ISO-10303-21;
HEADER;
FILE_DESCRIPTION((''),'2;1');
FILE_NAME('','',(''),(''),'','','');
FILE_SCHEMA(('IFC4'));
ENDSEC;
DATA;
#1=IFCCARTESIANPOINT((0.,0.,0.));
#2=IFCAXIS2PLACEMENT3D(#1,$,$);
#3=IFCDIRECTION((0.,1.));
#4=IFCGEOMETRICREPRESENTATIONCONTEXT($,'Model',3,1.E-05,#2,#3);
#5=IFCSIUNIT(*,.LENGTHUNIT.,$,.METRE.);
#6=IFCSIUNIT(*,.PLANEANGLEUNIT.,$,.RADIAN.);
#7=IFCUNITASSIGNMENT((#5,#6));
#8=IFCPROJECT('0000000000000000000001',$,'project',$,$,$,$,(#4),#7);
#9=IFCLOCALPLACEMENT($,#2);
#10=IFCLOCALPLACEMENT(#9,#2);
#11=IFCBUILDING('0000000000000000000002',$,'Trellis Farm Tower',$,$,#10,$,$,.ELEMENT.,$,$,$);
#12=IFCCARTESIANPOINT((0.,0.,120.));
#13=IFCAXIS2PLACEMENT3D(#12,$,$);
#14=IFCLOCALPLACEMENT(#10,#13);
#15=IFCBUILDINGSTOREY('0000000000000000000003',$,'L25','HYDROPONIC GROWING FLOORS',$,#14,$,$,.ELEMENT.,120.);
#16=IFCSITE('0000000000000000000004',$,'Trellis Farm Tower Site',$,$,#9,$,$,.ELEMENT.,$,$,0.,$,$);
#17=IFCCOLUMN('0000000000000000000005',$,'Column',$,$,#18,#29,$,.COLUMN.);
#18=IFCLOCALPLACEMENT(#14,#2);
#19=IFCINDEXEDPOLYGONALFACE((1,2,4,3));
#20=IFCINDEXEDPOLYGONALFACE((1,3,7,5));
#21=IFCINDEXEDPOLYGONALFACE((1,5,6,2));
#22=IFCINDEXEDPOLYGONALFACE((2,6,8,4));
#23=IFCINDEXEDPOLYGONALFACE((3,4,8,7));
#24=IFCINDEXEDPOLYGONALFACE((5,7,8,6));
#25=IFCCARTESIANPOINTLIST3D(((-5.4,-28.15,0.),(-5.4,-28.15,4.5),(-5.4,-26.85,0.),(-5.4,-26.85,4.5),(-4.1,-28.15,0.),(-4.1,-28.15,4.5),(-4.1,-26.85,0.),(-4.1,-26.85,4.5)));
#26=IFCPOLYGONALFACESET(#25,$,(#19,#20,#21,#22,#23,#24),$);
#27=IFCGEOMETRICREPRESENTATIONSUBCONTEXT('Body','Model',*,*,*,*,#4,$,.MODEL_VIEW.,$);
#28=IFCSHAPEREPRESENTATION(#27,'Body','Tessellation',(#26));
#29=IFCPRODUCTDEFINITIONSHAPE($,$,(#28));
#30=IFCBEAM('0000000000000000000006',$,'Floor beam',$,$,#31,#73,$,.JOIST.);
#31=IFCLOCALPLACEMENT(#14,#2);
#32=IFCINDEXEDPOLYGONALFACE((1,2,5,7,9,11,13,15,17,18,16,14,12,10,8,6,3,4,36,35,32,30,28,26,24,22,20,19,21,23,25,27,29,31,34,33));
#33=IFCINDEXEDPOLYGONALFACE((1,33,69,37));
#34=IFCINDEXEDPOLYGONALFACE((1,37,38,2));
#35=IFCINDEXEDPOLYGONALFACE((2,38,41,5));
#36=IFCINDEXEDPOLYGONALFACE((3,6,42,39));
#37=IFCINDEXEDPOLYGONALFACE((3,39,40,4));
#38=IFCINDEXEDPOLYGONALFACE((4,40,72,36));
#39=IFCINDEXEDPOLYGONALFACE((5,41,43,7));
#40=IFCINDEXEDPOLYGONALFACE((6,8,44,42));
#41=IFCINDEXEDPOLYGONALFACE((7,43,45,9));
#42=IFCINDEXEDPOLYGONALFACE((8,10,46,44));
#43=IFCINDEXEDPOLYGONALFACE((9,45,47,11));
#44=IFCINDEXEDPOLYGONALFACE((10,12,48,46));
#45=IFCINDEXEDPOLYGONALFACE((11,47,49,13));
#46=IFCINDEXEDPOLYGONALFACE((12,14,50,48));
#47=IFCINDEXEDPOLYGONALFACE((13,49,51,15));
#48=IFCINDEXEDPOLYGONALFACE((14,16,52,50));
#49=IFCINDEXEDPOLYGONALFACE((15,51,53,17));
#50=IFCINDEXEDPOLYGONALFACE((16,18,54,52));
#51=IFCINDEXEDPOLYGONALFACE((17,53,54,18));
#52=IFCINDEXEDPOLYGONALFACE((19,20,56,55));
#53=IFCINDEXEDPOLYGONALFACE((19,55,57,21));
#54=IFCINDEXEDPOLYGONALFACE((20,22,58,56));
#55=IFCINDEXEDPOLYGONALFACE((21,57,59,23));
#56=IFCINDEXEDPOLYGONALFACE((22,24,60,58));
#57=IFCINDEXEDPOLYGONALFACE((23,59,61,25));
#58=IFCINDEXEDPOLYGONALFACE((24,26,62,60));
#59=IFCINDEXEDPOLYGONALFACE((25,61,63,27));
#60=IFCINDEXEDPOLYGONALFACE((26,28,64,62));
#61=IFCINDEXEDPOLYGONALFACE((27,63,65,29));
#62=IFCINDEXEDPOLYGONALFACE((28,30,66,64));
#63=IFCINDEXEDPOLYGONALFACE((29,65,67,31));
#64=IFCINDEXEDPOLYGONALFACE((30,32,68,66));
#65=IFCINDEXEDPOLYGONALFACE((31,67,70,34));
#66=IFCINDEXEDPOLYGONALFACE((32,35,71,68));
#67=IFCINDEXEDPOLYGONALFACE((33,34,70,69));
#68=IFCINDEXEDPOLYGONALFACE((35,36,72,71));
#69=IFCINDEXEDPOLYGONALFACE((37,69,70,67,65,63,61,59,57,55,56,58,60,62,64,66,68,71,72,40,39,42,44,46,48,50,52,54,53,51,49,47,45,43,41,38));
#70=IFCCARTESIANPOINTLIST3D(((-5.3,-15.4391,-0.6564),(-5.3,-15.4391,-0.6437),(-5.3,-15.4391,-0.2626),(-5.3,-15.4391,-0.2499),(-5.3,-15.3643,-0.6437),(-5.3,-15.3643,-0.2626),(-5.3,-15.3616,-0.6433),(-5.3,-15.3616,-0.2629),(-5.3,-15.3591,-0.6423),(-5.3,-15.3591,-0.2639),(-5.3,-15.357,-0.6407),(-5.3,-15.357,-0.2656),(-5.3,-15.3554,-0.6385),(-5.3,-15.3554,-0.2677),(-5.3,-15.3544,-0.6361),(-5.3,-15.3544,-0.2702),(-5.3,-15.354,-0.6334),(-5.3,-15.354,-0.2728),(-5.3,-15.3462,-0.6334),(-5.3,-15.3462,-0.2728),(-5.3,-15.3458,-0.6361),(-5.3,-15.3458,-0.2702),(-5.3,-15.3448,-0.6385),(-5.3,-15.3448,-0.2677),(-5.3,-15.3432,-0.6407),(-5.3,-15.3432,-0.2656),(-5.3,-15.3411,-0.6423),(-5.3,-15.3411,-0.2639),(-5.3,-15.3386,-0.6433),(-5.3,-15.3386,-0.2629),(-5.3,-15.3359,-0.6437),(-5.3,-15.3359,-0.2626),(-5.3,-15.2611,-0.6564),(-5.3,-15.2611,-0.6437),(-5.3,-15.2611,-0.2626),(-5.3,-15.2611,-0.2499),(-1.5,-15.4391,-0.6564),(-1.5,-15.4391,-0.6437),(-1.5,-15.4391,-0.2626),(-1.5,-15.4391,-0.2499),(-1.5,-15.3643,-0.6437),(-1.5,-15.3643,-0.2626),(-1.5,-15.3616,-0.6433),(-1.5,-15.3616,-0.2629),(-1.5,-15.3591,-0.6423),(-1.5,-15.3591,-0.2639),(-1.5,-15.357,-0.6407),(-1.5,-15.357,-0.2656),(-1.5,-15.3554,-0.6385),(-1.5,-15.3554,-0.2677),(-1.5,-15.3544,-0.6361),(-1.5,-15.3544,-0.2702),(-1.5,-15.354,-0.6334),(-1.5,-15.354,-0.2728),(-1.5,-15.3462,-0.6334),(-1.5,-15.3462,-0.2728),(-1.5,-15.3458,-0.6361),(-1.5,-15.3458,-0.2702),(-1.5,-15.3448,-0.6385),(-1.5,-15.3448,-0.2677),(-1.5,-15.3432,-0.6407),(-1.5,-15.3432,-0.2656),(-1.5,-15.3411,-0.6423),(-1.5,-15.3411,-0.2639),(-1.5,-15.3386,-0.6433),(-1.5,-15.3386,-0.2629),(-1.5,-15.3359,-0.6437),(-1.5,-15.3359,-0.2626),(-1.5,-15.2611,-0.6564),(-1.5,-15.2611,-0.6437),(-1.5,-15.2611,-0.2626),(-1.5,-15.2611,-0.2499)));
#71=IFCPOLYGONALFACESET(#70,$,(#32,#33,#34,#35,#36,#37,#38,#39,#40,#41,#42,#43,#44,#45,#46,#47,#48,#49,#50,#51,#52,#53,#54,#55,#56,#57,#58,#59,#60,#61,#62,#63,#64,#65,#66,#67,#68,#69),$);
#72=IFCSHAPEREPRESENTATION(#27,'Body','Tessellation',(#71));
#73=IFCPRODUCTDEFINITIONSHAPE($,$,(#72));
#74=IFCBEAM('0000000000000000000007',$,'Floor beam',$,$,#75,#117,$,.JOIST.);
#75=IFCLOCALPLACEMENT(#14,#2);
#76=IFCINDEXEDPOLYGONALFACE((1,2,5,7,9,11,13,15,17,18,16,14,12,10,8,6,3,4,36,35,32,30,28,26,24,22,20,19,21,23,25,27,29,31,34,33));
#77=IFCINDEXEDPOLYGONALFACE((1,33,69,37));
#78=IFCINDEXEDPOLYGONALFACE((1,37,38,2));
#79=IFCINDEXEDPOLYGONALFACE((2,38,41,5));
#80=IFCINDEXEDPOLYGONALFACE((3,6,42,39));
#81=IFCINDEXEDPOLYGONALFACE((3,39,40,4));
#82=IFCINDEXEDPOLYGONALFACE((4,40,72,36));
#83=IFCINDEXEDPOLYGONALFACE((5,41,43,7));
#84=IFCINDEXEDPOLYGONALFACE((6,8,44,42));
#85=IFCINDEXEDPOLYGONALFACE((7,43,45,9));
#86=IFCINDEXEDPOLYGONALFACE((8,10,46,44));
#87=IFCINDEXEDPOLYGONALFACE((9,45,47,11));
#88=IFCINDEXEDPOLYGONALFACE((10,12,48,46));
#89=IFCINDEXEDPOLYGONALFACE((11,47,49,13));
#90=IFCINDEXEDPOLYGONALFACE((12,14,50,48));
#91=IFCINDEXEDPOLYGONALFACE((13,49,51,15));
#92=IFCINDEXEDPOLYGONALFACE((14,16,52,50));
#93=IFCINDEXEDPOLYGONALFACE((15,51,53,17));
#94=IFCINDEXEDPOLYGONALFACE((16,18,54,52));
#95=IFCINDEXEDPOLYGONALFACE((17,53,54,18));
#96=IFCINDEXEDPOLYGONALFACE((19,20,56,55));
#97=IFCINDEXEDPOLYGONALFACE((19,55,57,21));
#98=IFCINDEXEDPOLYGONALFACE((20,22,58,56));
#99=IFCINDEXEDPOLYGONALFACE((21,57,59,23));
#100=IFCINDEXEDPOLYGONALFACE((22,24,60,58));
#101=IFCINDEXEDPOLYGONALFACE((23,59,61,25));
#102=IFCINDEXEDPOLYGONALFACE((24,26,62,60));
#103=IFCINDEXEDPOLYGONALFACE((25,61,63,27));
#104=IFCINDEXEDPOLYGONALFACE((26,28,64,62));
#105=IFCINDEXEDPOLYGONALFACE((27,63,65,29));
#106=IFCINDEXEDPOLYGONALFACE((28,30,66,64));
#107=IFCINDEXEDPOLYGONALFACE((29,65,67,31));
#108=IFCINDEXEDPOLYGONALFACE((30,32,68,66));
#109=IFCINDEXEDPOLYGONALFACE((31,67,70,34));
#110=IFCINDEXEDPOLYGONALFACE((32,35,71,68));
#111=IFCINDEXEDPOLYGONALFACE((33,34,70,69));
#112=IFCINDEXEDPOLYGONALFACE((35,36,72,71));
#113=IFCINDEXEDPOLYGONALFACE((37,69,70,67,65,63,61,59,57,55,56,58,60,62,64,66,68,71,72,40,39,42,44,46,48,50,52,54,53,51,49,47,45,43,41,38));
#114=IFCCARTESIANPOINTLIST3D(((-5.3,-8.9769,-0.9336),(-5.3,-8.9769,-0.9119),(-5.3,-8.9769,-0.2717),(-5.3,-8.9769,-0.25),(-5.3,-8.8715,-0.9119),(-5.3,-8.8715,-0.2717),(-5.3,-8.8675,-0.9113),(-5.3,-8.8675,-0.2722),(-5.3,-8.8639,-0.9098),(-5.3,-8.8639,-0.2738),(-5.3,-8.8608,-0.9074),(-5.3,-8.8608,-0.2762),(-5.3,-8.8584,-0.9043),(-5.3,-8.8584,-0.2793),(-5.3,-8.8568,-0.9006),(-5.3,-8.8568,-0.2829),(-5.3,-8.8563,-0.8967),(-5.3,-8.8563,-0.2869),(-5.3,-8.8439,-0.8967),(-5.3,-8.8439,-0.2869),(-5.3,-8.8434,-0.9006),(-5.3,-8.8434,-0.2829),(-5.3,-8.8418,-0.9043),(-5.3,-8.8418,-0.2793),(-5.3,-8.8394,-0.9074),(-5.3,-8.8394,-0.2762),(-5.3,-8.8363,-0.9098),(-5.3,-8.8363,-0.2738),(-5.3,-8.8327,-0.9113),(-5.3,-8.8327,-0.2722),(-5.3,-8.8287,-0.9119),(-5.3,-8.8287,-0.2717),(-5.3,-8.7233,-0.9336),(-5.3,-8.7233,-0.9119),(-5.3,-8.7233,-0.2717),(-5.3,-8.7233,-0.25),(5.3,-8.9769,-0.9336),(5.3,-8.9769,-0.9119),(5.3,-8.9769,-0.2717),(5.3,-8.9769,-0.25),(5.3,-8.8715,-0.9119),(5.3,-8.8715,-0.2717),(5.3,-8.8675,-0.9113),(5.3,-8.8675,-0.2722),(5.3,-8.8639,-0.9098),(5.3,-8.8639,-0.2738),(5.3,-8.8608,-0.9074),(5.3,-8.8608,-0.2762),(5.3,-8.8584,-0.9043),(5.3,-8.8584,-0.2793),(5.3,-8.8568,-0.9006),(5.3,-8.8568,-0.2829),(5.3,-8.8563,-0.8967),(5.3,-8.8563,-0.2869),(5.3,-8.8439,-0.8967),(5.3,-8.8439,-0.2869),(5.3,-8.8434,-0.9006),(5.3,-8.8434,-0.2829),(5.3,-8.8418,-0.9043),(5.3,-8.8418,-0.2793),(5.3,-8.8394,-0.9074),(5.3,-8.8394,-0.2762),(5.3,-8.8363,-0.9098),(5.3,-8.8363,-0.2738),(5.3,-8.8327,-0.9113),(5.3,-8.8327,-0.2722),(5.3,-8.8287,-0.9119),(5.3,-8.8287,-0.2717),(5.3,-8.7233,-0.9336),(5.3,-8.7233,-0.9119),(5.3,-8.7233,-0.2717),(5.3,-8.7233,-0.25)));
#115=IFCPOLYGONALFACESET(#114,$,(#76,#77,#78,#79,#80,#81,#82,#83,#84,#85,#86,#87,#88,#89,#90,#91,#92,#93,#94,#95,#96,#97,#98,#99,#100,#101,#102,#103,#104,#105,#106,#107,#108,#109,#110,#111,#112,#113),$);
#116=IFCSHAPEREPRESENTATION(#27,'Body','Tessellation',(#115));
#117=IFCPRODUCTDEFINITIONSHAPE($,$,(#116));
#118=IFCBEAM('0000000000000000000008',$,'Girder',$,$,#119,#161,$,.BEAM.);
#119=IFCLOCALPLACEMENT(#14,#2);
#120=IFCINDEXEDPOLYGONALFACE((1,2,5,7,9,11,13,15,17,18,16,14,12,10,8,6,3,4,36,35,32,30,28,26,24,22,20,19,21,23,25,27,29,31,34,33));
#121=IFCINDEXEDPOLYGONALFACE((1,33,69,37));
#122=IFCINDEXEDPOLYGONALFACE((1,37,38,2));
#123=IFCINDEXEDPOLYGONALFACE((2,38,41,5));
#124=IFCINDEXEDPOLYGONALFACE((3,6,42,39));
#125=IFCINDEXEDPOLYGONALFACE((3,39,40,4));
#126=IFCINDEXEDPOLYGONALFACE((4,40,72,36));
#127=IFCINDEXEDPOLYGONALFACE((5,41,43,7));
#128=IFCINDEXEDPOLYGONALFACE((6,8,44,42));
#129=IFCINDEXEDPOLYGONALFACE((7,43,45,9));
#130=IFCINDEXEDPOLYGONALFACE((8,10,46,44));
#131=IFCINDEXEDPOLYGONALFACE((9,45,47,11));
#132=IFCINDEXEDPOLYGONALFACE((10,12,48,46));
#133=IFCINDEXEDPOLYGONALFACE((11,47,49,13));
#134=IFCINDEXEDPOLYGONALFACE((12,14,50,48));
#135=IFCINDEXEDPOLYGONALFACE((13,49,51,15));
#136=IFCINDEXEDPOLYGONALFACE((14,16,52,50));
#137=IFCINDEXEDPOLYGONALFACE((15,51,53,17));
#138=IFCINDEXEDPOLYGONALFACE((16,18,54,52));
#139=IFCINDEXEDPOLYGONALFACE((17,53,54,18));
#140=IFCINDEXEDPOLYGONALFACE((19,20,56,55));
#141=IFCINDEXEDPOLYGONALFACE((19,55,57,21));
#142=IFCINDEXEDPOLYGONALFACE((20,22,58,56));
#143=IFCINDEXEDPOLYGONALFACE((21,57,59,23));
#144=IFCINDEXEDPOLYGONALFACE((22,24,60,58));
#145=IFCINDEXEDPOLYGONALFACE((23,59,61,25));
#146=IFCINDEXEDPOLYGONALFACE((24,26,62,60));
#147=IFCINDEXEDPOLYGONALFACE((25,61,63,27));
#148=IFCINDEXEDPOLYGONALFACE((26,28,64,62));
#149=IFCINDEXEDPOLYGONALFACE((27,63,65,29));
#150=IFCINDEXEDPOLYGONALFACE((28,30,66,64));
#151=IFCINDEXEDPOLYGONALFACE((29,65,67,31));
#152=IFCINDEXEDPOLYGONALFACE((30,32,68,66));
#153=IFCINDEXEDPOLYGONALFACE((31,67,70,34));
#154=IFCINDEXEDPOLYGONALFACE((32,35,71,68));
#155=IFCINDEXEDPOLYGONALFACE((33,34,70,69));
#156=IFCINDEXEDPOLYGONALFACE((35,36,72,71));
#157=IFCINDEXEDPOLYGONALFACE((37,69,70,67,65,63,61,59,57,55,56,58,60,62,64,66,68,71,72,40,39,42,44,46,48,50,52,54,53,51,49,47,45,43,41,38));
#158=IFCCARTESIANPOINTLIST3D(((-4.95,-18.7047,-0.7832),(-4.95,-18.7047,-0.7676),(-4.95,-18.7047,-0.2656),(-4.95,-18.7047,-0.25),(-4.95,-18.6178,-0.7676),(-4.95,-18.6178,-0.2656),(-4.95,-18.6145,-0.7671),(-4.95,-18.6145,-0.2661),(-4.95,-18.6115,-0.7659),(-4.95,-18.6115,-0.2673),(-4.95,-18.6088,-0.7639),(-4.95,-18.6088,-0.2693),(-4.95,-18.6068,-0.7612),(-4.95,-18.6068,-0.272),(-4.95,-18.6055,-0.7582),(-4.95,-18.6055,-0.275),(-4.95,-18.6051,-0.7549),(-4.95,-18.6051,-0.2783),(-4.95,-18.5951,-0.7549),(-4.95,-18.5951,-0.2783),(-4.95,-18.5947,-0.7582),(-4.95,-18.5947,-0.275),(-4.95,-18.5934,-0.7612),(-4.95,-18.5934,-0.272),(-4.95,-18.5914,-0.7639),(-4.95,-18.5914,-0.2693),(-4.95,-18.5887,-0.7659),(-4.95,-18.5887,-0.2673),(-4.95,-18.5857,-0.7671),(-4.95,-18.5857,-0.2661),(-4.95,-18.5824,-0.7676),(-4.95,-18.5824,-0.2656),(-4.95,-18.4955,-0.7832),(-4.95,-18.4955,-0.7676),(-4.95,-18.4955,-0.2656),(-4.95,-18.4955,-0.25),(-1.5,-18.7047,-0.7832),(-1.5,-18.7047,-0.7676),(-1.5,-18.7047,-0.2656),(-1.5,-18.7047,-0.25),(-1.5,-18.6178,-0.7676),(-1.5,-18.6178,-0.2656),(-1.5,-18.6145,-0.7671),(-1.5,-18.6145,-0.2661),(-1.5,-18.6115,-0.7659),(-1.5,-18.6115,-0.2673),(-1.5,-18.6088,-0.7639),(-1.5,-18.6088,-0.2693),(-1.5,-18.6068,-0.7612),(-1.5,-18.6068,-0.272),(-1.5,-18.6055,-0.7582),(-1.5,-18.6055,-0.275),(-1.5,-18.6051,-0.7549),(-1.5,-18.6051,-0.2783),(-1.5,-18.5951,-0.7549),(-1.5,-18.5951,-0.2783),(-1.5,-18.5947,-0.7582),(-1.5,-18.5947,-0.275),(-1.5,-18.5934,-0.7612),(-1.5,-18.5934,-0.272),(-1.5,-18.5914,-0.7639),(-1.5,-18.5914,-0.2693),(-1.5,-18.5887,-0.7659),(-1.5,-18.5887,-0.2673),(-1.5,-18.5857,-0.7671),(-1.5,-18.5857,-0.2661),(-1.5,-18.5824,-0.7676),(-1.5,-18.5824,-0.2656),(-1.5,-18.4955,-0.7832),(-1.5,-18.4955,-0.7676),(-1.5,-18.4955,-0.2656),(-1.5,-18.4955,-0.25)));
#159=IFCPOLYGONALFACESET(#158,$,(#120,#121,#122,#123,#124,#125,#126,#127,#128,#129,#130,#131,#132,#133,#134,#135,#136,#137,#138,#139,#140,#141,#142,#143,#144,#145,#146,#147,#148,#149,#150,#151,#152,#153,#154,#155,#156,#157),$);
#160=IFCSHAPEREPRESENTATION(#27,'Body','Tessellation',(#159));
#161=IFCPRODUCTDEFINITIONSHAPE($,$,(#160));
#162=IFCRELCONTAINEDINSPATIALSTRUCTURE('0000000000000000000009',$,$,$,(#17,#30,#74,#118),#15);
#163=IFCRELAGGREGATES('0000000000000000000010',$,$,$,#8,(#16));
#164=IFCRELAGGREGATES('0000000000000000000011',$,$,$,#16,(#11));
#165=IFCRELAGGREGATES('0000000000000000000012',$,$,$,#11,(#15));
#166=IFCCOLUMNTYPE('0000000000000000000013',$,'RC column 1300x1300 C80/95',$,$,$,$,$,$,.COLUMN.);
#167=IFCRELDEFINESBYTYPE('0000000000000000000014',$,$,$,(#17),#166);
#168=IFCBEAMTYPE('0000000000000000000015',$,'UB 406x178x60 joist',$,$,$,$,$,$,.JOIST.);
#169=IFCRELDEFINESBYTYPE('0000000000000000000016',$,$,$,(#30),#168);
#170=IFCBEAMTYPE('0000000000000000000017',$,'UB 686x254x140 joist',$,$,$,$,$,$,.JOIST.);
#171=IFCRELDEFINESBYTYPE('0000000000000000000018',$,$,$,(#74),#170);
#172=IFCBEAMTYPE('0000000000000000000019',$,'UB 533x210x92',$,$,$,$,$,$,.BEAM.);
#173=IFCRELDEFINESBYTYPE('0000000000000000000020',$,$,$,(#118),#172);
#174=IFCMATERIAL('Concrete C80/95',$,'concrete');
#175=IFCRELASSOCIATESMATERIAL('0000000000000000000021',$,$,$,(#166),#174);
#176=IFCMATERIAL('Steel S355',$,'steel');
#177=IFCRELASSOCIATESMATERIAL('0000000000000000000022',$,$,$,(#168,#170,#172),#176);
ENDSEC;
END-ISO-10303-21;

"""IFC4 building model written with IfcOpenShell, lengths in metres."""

from ifc_helpers import new_model, si_unit, direction, frame, origin, origin_2d, place, context, subcontext, project, spatial, rectangle, i_section, extrude, source, transform, mapped, material, material_profile, profile_set, type_object, element, save


model = new_model("IFC4")

# Units and contexts
model_context = context("Model", 3, precision=1e-05, world=origin(), true_north=direction((0.0, 1.0)))
body_context = subcontext(model_context, "Body", "Model", "MODEL_VIEW")
ifc_project = project(units=[si_unit("LENGTHUNIT", "METRE"), si_unit("PLANEANGLEUNIT", "RADIAN")], contexts=[model_context])

# Site, building, storey
site_placement = place(None, origin())
site = spatial("IfcSite", under=ifc_project, at=site_placement, Name="Trellis Farm Tower Site", CompositionType="ELEMENT", RefElevation=0.0)
building_placement = place(site_placement, origin())
building = spatial("IfcBuilding", under=site, at=building_placement, Name="Trellis Farm Tower", CompositionType="ELEMENT")
storey_placement = place(building_placement, frame((0.0, 0.0, 120.0)))
storey = spatial("IfcBuildingStorey", under=building, at=storey_placement, Name="L25", Description="HYDROPONIC GROWING FLOORS", CompositionType="ELEMENT", Elevation=120.0)

# Column
ifc_material_1 = material(Name="Concrete C80/95", Category="concrete")
ifc_material_profile_1 = material_profile(ifc_material_1, rectangle(XDim=1.3, YDim=1.3, at=origin_2d()), Name="RC column 1300x1300 C80/95")
ifc_profile_set_1 = profile_set([ifc_material_profile_1], Name="Concrete C80/95")
column_type = type_object("IfcColumnType", Name="RC column 1300x1300 C80/95", PredefinedType="COLUMN", material=ifc_profile_set_1)
shared_shape_1 = source(origin(), body_context, "Body", "SweptSolid", [
    extrude(rectangle(XDim=1.3, YDim=1.3, at=origin_2d()), origin(), (0.0, 0.0, 1.0), 4.5),
])
column_placement = place(storey_placement, frame((-4.75, -27.5, 0.0), z_axis=(0.0, 0.0, 1.0), x_axis=(1.0, 0.0, 0.0)))
element("IfcColumn", 1, at=column_placement, inside=storey, type_object=column_type, Name="Column", PredefinedType="COLUMN", context=body_context, shape_type="MappedRepresentation", body=[
    mapped(shared_shape_1, transform((0.0, 0.0, 0.0))),
])

# Beams
ifc_material_2 = material(Name="Steel S355", Category="steel")
ifc_material_profile_2 = material_profile(ifc_material_2, i_section(OverallWidth=0.178, OverallDepth=0.4065, WebThickness=0.0078, FlangeThickness=0.0127, FilletRadius=0.0103, at=origin_2d()), Name="UB 406x178x60")
ifc_profile_set_2 = profile_set([ifc_material_profile_2], Name="Steel S355")
beam_type_1 = type_object("IfcBeamType", Name="UB 406x178x60 joist", PredefinedType="JOIST", material=ifc_profile_set_2)
shared_shape_2 = source(origin(), body_context, "Body", "SweptSolid", [
    extrude(i_section(OverallWidth=0.178, OverallDepth=0.4065, WebThickness=0.0078, FlangeThickness=0.0127, FilletRadius=0.0103, at=origin_2d()), origin(), (0.0, 0.0, 1.0), 3.8),
])
beam_1_placement = place(storey_placement, frame((-5.3, -15.3501, -0.4531), z_axis=(1.0, 0.0, 0.0), x_axis=(0.0, 1.0, 0.0)))
element("IfcBeam", 2, at=beam_1_placement, inside=storey, type_object=beam_type_1, Name="Floor beam", PredefinedType="JOIST", context=body_context, shape_type="MappedRepresentation", body=[
    mapped(shared_shape_2, transform((0.0, 0.0, 0.0))),
])
ifc_material_profile_3 = material_profile(ifc_material_2, i_section(OverallWidth=0.2537, OverallDepth=0.6836, WebThickness=0.0125, FlangeThickness=0.0217, FilletRadius=0.0151, at=origin_2d()), Name="UB 686x254x140")
ifc_profile_set_3 = profile_set([ifc_material_profile_3], Name="Steel S355")
beam_type_2 = type_object("IfcBeamType", Name="UB 686x254x140 joist", PredefinedType="JOIST", material=ifc_profile_set_3)
shared_shape_3 = source(origin(), body_context, "Body", "SweptSolid", [
    extrude(i_section(OverallWidth=0.2537, OverallDepth=0.6836, WebThickness=0.0125, FlangeThickness=0.0217, FilletRadius=0.0151, at=origin_2d()), origin(), (0.0, 0.0, 1.0), 10.6001),
])
beam_2_placement = place(storey_placement, frame((-5.3, -8.8501, -0.5918), z_axis=(1.0, 0.0, 0.0), x_axis=(0.0, 1.0, 0.0)))
element("IfcBeam", 3, at=beam_2_placement, inside=storey, type_object=beam_type_2, Name="Floor beam", PredefinedType="JOIST", context=body_context, shape_type="MappedRepresentation", body=[
    mapped(shared_shape_3, transform((0.0, 0.0, 0.0))),
])
ifc_material_profile_4 = material_profile(ifc_material_2, i_section(OverallWidth=0.2092, OverallDepth=0.5332, WebThickness=0.01, FlangeThickness=0.0156, FilletRadius=0.0127, at=origin_2d()), Name="UB 533x210x92")
ifc_profile_set_4 = profile_set([ifc_material_profile_4], Name="Steel S355")
beam_type_3 = type_object("IfcBeamType", Name="UB 533x210x92", PredefinedType="BEAM", material=ifc_profile_set_4)
shared_shape_4 = source(origin(), body_context, "Body", "SweptSolid", [
    extrude(i_section(OverallWidth=0.2092, OverallDepth=0.5332, WebThickness=0.01, FlangeThickness=0.0156, FilletRadius=0.0127, at=origin_2d()), origin(), (0.0, 0.0, 1.0), 3.45),
])
beam_3_placement = place(storey_placement, frame((-4.95, -18.6001, -0.5166), z_axis=(1.0, 0.0, 0.0), x_axis=(0.0, 1.0, 0.0)))
element("IfcBeam", 4, at=beam_3_placement, inside=storey, type_object=beam_type_3, Name="Girder", PredefinedType="BEAM", context=body_context, shape_type="MappedRepresentation", body=[
    mapped(shared_shape_4, transform((0.0, 0.0, 0.0))),
])

save(model, "model.ifc")
